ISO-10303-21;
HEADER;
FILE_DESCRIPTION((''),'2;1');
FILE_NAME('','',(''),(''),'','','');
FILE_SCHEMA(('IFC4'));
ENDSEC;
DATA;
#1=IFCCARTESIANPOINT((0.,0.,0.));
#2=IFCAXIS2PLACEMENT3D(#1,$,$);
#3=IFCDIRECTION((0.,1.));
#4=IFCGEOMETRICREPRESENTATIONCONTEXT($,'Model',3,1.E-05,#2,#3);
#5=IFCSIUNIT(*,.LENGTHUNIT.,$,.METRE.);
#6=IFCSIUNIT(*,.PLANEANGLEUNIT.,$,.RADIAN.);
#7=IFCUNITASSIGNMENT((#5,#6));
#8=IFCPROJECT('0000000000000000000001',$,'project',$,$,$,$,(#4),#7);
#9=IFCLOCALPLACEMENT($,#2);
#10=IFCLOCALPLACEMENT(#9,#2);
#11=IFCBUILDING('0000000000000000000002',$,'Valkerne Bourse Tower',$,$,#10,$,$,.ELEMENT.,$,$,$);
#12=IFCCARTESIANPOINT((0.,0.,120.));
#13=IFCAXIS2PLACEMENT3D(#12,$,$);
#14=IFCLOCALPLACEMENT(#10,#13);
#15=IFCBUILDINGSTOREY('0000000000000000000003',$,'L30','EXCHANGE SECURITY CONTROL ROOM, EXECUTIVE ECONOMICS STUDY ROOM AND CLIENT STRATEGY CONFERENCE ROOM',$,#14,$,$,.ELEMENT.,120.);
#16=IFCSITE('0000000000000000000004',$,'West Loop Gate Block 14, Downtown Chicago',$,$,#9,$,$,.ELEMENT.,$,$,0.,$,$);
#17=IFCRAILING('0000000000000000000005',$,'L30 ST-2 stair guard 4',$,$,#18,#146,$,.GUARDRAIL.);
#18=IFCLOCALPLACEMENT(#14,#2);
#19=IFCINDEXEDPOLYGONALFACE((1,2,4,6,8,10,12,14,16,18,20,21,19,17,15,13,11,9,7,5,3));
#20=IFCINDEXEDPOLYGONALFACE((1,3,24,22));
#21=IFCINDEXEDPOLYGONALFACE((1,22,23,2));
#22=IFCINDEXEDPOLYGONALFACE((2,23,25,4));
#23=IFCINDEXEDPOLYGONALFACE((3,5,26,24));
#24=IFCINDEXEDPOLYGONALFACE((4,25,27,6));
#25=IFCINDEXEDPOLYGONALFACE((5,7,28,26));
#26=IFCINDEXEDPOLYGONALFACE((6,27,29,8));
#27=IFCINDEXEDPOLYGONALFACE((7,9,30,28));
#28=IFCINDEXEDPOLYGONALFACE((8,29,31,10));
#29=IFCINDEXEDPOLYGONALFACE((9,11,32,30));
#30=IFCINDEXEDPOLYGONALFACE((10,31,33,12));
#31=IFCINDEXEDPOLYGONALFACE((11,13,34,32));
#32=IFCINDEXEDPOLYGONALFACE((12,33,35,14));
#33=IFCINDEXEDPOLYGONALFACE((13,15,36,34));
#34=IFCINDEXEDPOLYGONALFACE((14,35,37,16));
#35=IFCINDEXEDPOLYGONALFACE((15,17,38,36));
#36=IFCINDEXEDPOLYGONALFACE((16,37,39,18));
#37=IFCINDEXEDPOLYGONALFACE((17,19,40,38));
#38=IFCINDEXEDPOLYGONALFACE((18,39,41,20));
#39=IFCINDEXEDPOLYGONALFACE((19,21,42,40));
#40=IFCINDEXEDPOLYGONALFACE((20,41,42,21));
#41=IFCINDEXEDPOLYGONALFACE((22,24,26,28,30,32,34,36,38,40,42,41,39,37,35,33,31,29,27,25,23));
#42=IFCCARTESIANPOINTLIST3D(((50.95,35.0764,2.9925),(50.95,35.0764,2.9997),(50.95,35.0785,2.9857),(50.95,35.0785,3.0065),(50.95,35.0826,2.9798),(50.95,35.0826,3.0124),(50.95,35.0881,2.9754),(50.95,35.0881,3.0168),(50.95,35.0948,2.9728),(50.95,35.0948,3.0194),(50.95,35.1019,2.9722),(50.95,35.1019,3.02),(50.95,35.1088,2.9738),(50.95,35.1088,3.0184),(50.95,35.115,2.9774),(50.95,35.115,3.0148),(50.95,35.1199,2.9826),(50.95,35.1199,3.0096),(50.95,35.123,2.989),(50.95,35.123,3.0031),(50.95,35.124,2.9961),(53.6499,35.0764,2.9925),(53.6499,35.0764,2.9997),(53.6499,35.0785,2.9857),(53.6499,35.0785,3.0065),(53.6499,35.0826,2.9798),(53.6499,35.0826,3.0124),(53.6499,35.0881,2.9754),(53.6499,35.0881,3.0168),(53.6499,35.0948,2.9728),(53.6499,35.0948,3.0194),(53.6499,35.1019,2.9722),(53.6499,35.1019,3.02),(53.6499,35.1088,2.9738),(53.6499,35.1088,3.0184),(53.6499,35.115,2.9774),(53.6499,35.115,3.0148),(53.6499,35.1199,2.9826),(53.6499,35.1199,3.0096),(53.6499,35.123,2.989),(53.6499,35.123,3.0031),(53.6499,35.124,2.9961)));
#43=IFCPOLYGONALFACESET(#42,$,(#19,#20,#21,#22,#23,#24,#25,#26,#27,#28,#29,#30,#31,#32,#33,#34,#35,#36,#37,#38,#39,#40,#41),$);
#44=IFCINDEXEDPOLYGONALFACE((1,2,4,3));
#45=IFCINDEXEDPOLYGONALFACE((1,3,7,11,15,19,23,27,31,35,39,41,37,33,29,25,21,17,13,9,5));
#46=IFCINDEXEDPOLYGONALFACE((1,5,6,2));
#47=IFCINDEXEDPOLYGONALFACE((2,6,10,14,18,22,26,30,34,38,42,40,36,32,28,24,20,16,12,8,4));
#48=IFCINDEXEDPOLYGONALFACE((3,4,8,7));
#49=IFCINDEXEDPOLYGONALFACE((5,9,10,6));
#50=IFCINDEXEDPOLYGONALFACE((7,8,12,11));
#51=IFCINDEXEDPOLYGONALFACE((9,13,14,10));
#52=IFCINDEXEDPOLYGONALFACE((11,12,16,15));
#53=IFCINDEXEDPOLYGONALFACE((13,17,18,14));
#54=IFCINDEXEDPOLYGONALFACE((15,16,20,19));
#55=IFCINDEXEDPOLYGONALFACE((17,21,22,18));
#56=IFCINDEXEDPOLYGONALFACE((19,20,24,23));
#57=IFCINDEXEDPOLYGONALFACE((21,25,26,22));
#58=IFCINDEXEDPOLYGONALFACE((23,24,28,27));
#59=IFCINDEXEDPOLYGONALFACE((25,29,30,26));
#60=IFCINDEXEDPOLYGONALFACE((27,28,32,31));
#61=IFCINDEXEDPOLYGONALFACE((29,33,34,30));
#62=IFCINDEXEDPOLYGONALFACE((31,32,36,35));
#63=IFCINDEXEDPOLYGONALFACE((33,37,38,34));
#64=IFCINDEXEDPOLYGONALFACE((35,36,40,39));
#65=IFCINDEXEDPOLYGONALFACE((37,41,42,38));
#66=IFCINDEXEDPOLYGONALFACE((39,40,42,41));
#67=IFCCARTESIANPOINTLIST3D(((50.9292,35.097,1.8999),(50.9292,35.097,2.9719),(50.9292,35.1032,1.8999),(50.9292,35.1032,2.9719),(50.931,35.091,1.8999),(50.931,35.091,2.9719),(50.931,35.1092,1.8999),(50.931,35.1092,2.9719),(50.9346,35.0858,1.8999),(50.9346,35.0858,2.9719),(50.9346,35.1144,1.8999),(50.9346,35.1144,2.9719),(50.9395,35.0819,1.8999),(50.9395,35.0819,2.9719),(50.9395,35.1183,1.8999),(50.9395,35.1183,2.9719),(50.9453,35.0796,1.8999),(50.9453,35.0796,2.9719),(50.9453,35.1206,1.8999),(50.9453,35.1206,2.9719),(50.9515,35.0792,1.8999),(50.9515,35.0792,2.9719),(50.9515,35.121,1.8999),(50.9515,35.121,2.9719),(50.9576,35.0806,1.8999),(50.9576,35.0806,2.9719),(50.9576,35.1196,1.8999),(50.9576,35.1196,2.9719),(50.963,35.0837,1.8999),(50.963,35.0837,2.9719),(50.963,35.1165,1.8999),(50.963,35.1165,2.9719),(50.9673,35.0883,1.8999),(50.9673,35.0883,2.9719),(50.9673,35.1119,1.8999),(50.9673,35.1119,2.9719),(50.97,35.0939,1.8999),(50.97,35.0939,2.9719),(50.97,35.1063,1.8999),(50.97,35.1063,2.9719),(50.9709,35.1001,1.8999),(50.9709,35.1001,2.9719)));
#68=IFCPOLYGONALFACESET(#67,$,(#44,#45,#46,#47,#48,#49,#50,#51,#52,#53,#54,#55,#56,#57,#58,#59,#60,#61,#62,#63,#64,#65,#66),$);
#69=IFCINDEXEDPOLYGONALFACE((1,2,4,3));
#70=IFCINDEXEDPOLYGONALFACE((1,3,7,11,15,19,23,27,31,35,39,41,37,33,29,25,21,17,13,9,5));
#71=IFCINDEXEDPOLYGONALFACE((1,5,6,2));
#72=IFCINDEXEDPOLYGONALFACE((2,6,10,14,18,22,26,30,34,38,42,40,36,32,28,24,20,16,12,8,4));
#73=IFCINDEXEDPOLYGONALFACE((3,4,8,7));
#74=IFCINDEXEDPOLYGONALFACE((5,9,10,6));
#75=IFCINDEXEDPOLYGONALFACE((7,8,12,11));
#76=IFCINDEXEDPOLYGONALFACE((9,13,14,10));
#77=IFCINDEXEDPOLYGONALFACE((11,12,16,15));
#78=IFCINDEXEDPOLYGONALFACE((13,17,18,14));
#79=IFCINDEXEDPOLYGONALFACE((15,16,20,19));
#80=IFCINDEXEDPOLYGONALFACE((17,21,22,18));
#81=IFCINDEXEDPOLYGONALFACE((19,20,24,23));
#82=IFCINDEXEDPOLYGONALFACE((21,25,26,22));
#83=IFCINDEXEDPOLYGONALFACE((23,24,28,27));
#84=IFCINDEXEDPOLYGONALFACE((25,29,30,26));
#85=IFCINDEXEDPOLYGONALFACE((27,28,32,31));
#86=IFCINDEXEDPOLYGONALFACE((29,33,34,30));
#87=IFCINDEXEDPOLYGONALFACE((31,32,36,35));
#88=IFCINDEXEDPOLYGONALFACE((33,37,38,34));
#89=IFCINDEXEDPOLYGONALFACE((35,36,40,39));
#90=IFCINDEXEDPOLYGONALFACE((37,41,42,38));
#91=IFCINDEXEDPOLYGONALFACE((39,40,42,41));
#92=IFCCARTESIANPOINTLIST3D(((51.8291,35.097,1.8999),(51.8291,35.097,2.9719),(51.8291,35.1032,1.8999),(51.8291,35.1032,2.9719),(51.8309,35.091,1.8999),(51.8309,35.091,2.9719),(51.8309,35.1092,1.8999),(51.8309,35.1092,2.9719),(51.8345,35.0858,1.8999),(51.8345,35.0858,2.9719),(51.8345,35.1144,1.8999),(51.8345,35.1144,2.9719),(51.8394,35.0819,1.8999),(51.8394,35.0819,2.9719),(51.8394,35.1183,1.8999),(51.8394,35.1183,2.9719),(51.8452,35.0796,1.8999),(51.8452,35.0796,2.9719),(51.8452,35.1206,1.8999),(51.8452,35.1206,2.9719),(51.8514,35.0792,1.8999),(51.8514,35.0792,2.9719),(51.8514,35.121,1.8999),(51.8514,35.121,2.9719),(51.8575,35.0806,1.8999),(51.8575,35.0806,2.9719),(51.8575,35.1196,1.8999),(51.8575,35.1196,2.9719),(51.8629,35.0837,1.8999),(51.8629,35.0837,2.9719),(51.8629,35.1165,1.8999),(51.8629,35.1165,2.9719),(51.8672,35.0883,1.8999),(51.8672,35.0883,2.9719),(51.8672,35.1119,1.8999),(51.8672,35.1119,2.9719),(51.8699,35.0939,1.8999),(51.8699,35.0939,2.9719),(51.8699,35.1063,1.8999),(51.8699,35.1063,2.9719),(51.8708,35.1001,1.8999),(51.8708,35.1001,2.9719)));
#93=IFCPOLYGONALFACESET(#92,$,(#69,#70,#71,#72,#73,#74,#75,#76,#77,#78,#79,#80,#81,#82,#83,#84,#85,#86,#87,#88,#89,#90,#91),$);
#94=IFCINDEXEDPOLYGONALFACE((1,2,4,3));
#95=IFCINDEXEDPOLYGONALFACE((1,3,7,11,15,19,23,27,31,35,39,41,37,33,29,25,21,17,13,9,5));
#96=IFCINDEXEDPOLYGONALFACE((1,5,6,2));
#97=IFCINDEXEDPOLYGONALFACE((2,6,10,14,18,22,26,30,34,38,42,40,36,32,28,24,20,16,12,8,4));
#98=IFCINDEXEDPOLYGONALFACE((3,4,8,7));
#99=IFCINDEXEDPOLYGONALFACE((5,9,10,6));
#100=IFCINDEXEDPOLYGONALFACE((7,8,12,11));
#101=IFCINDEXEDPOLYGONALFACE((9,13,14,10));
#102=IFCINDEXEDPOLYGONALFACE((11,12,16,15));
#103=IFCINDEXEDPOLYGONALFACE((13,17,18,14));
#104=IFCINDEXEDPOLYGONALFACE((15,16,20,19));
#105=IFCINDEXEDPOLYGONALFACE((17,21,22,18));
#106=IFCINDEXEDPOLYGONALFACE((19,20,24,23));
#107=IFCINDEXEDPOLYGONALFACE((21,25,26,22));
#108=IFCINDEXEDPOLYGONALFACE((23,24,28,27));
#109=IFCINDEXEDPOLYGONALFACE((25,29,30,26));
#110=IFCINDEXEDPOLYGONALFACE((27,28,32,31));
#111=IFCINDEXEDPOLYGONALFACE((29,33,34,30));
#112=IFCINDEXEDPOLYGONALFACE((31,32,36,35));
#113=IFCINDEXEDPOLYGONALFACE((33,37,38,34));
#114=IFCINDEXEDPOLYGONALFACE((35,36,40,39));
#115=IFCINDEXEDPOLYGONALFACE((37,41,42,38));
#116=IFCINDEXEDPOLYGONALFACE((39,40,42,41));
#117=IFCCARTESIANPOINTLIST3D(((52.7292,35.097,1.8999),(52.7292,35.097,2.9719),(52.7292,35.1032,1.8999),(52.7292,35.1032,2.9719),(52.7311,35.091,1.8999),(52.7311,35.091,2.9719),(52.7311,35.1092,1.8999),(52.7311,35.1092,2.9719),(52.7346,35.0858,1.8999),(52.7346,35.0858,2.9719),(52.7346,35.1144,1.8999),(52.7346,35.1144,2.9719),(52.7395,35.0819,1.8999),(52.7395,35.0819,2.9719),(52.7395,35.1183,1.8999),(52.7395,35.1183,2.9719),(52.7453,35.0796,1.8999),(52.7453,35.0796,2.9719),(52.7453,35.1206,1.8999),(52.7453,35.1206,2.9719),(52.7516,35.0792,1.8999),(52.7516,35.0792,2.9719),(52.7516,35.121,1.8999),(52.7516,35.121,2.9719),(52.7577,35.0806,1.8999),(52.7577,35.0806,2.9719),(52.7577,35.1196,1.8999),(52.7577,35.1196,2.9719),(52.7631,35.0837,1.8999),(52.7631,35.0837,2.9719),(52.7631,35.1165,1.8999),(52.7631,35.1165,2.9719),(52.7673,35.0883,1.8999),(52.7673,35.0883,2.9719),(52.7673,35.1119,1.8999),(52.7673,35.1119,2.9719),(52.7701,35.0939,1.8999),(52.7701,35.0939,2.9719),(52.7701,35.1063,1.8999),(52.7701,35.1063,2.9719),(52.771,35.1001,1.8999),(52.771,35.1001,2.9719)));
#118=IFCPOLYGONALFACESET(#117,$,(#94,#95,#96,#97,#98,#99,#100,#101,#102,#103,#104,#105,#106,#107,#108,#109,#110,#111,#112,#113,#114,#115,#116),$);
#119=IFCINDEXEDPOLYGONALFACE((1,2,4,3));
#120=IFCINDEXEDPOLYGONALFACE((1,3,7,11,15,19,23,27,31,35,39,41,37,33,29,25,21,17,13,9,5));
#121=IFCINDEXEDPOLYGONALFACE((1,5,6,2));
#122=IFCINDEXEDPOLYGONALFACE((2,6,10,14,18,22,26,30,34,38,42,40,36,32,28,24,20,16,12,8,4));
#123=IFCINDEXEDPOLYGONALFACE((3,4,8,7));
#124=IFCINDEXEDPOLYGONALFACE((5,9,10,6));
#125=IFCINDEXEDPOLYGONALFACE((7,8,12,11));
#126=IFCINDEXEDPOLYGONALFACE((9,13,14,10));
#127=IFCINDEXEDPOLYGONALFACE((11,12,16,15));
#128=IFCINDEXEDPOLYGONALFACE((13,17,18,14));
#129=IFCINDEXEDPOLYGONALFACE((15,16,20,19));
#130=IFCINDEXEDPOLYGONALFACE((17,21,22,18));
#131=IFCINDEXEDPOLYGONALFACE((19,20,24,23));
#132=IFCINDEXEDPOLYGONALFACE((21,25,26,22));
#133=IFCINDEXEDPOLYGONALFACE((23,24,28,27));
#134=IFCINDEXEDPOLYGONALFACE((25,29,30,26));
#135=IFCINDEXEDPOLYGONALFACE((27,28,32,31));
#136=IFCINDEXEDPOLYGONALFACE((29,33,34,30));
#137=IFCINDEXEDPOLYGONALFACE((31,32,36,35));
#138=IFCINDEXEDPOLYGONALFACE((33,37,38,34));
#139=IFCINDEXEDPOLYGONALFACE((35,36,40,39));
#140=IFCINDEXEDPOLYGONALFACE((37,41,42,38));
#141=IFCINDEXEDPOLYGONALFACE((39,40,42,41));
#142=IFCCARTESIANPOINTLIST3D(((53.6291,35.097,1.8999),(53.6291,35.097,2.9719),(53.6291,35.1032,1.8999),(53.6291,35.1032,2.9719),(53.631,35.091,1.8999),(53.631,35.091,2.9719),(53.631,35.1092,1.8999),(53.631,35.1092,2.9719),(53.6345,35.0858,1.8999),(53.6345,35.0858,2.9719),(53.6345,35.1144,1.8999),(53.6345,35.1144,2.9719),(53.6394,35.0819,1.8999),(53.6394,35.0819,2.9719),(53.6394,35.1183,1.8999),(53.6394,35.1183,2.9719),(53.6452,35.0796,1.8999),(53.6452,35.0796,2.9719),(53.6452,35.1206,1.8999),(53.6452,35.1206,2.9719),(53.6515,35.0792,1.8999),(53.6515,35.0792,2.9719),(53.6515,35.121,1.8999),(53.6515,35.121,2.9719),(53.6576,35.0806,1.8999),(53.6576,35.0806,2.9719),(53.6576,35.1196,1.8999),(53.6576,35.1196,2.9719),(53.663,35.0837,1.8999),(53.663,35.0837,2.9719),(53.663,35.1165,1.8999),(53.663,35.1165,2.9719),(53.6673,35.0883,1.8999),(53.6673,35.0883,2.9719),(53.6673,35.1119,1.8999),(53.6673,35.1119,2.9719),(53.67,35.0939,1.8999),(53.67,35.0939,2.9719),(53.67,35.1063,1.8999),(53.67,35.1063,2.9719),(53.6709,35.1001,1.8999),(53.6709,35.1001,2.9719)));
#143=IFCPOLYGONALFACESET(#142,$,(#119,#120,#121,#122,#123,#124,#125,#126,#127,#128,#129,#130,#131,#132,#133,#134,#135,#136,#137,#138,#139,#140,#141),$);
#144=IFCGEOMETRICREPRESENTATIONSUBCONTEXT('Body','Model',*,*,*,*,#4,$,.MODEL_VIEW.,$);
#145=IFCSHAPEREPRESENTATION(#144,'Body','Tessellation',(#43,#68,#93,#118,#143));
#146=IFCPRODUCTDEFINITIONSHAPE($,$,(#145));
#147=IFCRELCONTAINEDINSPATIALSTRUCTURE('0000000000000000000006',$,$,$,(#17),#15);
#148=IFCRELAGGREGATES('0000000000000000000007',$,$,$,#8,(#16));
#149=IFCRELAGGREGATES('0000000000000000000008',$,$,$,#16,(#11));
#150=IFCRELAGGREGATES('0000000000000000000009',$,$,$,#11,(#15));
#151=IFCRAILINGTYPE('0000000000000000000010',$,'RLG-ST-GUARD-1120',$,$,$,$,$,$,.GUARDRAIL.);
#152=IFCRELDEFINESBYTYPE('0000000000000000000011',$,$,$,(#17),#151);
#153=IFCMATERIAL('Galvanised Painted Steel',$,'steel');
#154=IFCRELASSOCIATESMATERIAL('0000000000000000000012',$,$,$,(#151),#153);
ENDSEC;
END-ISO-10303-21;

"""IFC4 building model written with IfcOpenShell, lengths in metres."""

from ifc_helpers import new_model, si_unit, direction, frame, origin, origin_2d, place, context, subcontext, project, spatial, circle, extrude, material, type_object, element, save


model = new_model("IFC4")

# Units and contexts
model_context = context("Model", 3, precision=1e-05, world=origin(), true_north=direction((0.0, 1.0)))
body_context = subcontext(model_context, "Body", "Model", "MODEL_VIEW")
ifc_project = project(units=[si_unit("LENGTHUNIT", "METRE"), si_unit("PLANEANGLEUNIT", "RADIAN")], contexts=[model_context])

# Site, building, storey
site_placement = place(None, origin())
site = spatial("IfcSite", under=ifc_project, at=site_placement, Name="West Loop Gate Block 14, Downtown Chicago", CompositionType="ELEMENT", RefElevation=0.0)
building_placement = place(site_placement, origin())
building = spatial("IfcBuilding", under=site, at=building_placement, Name="Valkerne Bourse Tower", CompositionType="ELEMENT")
storey_placement = place(building_placement, frame((0.0, 0.0, 120.0)))
storey = spatial("IfcBuildingStorey", under=building, at=storey_placement, Name="L30", Description="EXCHANGE SECURITY CONTROL ROOM, EXECUTIVE ECONOMICS STUDY ROOM AND CLIENT STRATEGY CONFERENCE ROOM", CompositionType="ELEMENT", Elevation=120.0)

# Railing
ifc_material_1 = material(Name="Galvanised Painted Steel", Category="steel")
railing_type_1 = type_object("IfcRailingType", Name="RLG-ST-GUARD-1120", PredefinedType="GUARDRAIL", material=ifc_material_1)
railing_1_placement = place(storey_placement, frame((50.95, 35.1001, 1.8999)))
element("IfcRailing", 1, at=railing_1_placement, inside=storey, type_object=railing_type_1, Name="L30 ST-2 stair guard 4", PredefinedType="GUARDRAIL", context=body_context, shape_type="SweptSolid", body=[
    extrude(circle(Radius=0.0239, at=origin_2d()), frame((0.0, 0.0, 1.0962), z_axis=(1.0, 0.0, 0.0), x_axis=(0.0, 1.0, 0.0)), (0.0, 0.0, 1.0), 2.7),
    extrude(circle(Radius=0.021, at=origin_2d()), origin(), (0.0, 0.0, 1.0), 1.072),
    extrude(circle(Radius=0.021, at=origin_2d()), frame((0.8999, 0.0, 0.0)), (0.0, 0.0, 1.0), 1.072),
    extrude(circle(Radius=0.021, at=origin_2d()), frame((1.8, 0.0, 0.0)), (0.0, 0.0, 1.0), 1.072),
    extrude(circle(Radius=0.021, at=origin_2d()), frame((2.7, 0.0, 0.0)), (0.0, 0.0, 1.0), 1.072),
])

save(model, "model.ifc")
